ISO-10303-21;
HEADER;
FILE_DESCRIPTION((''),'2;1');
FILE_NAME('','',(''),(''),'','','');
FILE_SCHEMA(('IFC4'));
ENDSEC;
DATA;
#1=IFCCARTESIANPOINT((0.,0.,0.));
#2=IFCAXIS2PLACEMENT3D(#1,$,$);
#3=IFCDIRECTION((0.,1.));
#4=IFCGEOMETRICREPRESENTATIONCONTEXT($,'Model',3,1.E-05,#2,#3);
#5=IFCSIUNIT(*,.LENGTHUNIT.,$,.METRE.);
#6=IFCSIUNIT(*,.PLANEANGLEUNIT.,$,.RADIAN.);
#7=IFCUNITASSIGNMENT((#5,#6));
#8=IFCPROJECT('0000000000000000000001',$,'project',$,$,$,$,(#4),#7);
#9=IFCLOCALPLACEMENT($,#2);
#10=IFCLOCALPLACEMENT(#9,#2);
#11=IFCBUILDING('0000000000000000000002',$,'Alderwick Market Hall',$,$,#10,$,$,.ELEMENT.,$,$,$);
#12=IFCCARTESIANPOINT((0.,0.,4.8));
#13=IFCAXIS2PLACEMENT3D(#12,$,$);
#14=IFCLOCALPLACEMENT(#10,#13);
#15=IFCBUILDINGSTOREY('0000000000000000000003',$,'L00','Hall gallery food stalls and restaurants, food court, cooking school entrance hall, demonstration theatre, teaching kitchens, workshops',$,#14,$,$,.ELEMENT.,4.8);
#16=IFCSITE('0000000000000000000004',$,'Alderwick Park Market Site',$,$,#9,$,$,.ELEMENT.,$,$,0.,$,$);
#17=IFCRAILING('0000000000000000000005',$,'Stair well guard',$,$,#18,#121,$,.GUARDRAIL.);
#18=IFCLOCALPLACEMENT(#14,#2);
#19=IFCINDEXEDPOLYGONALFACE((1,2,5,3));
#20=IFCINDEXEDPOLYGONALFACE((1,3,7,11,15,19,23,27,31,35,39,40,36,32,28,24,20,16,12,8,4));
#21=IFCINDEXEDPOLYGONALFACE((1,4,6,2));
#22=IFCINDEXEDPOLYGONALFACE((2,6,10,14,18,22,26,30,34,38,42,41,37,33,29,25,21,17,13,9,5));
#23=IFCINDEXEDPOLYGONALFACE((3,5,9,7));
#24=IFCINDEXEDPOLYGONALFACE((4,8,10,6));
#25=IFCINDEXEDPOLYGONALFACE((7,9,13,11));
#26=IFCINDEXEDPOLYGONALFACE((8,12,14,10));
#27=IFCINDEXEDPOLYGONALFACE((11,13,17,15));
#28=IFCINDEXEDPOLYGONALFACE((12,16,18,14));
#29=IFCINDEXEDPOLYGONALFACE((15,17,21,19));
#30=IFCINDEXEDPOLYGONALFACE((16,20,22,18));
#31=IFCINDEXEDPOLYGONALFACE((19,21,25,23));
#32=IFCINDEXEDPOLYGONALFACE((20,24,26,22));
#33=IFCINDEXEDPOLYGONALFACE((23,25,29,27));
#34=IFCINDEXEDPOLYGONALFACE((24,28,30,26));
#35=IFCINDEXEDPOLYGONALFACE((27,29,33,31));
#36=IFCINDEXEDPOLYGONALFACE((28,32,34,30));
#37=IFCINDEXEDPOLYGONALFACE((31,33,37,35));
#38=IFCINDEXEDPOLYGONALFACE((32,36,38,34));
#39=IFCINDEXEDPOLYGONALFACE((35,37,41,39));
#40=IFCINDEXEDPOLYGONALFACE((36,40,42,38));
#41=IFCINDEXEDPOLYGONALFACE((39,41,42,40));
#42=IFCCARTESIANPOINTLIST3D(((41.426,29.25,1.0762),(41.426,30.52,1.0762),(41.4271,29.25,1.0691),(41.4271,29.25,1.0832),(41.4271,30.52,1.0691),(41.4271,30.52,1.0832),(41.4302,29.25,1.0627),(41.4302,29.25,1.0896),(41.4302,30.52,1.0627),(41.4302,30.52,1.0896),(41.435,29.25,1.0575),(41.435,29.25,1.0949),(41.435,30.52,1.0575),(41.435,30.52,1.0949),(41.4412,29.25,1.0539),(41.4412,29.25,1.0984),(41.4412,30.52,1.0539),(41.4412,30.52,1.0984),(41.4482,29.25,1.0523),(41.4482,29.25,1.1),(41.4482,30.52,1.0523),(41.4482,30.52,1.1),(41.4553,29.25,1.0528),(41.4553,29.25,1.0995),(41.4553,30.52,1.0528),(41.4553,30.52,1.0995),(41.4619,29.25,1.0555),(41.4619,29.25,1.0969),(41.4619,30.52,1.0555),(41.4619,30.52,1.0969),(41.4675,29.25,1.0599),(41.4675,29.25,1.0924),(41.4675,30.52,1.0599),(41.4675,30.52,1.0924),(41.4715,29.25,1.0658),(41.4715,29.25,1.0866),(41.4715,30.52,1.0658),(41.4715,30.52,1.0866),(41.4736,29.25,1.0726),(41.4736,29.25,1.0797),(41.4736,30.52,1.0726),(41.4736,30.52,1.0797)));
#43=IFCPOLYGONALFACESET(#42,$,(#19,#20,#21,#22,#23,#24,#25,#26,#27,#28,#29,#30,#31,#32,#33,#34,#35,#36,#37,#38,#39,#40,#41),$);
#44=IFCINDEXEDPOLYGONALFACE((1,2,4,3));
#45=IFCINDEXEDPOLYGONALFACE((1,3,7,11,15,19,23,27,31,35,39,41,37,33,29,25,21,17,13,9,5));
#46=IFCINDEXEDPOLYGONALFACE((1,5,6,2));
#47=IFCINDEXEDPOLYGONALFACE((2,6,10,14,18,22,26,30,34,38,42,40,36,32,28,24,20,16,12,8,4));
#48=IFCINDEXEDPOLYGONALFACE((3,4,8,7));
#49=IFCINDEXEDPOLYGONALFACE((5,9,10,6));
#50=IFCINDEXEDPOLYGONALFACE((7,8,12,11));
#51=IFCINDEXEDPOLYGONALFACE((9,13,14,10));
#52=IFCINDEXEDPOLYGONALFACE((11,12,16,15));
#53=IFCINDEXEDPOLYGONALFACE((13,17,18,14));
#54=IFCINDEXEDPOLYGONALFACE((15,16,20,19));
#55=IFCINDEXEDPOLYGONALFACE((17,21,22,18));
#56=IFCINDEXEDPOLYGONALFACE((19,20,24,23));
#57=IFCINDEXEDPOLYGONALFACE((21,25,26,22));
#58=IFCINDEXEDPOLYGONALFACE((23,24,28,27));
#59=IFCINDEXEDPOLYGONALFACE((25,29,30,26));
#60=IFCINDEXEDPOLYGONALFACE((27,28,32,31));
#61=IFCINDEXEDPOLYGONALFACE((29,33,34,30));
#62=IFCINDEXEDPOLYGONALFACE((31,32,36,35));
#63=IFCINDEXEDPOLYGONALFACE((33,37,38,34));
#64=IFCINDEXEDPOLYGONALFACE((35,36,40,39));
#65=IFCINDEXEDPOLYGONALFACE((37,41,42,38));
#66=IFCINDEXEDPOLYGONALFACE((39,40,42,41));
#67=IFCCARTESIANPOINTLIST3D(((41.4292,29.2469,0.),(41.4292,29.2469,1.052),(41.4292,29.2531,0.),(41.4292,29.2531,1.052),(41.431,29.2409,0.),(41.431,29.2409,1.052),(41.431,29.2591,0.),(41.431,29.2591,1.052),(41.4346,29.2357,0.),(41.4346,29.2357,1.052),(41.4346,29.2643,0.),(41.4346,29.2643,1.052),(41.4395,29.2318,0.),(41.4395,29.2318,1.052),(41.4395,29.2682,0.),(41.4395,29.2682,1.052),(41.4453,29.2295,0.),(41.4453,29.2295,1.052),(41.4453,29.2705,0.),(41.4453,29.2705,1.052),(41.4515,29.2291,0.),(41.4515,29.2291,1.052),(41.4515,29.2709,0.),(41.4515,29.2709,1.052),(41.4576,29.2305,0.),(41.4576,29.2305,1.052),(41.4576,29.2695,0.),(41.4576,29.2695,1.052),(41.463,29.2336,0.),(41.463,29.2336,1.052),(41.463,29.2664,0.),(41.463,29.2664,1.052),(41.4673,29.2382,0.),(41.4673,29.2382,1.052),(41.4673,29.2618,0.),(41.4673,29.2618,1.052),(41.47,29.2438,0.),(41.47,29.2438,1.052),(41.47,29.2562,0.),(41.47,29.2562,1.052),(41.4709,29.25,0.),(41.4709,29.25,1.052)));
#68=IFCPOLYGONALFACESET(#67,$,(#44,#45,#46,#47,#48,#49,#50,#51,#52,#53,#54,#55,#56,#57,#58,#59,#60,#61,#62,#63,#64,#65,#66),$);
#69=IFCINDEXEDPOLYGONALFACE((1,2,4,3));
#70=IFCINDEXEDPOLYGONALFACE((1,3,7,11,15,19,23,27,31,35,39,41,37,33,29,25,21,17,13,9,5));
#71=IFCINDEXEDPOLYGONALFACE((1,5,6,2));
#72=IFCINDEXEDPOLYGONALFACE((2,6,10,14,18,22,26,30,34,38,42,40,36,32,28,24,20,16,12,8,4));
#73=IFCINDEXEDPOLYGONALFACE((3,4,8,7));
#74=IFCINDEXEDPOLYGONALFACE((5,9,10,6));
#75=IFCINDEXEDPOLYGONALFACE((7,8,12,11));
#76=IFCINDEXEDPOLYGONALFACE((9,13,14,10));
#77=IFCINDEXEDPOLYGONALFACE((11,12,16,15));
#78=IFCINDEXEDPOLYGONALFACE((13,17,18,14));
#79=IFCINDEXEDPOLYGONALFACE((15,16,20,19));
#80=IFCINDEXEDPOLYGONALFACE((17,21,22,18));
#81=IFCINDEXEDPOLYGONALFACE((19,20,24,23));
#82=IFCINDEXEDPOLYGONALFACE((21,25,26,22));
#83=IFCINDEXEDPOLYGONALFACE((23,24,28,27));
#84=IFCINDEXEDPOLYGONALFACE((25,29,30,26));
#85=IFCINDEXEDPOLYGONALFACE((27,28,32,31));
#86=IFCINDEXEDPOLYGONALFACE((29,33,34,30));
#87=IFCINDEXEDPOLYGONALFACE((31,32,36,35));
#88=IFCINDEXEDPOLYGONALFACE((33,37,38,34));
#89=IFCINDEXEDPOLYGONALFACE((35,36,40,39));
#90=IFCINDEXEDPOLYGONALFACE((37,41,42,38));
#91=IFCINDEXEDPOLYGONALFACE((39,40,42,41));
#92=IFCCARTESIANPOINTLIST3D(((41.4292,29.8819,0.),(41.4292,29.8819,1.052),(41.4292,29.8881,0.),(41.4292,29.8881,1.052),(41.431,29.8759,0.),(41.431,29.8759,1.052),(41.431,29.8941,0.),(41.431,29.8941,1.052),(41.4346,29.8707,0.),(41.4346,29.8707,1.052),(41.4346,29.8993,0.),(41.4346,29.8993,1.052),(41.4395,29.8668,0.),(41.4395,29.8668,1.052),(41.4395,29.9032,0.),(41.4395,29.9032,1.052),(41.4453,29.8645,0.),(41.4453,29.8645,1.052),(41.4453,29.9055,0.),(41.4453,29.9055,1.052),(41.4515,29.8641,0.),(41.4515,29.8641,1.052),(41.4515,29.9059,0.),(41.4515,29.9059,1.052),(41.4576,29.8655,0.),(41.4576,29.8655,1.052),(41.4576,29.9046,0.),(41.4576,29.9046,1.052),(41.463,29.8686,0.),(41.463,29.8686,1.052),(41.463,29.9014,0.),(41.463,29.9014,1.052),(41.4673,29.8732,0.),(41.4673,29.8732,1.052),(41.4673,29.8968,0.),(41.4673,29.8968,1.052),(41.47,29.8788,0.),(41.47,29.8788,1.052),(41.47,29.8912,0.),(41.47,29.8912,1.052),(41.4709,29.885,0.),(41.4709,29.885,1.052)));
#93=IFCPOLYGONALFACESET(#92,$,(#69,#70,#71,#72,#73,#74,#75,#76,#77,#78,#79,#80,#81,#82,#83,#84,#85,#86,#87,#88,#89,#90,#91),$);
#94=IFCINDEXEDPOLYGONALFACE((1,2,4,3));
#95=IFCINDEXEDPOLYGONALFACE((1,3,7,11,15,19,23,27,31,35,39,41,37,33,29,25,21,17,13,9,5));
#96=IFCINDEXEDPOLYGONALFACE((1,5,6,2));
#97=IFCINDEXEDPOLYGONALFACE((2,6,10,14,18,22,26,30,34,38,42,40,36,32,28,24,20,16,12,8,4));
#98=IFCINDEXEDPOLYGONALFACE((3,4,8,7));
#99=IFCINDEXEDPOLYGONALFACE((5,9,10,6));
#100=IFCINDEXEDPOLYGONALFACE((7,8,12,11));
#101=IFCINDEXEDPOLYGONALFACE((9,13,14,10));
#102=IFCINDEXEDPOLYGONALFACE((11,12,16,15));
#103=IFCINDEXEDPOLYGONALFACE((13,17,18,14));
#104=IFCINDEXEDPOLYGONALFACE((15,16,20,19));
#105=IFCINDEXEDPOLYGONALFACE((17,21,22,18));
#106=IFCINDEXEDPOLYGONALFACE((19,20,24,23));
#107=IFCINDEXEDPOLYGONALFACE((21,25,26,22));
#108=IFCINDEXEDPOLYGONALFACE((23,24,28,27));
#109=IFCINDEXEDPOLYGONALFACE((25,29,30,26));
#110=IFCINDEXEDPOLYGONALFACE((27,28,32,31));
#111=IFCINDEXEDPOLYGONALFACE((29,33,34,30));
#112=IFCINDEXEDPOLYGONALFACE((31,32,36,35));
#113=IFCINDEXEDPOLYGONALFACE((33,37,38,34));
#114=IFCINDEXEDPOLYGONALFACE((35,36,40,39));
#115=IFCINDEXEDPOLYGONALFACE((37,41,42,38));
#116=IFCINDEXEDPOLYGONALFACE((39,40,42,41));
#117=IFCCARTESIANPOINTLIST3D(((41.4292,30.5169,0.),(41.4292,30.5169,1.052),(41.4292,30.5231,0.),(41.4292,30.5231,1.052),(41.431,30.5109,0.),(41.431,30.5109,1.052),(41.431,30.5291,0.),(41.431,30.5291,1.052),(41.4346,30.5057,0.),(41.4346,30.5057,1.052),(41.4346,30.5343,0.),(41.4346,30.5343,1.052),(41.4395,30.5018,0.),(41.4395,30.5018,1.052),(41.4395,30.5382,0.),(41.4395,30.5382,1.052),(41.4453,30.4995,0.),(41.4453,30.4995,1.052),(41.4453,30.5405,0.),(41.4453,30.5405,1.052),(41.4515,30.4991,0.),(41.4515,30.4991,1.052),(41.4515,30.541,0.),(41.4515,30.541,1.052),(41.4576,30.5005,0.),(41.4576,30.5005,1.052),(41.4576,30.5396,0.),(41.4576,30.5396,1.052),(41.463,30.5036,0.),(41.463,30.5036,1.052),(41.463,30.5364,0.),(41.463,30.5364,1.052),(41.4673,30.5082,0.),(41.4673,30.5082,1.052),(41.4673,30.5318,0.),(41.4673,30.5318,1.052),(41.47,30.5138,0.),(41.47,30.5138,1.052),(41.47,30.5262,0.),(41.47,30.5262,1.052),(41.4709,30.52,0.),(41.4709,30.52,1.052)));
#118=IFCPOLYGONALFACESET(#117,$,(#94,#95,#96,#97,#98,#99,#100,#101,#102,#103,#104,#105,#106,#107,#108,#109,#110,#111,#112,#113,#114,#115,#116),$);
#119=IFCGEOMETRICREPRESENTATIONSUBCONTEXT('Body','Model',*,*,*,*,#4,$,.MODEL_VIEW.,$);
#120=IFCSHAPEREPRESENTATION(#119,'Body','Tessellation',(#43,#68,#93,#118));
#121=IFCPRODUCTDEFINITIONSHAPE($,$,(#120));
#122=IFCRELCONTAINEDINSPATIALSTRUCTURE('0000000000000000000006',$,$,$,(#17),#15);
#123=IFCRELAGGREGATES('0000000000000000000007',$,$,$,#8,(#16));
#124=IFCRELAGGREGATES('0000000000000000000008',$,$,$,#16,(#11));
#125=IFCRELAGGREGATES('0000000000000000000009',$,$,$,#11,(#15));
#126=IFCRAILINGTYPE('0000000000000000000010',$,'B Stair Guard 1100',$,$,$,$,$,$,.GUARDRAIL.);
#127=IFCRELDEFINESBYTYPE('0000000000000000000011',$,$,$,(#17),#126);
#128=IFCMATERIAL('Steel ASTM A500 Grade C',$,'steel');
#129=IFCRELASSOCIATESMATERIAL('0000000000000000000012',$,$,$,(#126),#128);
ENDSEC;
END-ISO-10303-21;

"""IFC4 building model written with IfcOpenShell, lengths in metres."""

from ifc_helpers import new_model, si_unit, direction, frame, origin, origin_2d, place, context, subcontext, project, spatial, circle, extrude, material, type_object, element, save


model = new_model("IFC4")

# Units and contexts
model_context = context("Model", 3, precision=1e-05, world=origin(), true_north=direction((0.0, 1.0)))
body_context = subcontext(model_context, "Body", "Model", "MODEL_VIEW")
ifc_project = project(units=[si_unit("LENGTHUNIT", "METRE"), si_unit("PLANEANGLEUNIT", "RADIAN")], contexts=[model_context])

# Site, building, storey
site_placement = place(None, origin())
site = spatial("IfcSite", under=ifc_project, at=site_placement, Name="Alderwick Park Market Site", CompositionType="ELEMENT", RefElevation=0.0)
building_placement = place(site_placement, origin())
building = spatial("IfcBuilding", under=site, at=building_placement, Name="Alderwick Market Hall", CompositionType="ELEMENT")
storey_placement = place(building_placement, frame((0.0, 0.0, 4.8)))
storey = spatial("IfcBuildingStorey", under=building, at=storey_placement, Name="L00", Description="Hall gallery food stalls and restaurants, food court, cooking school entrance hall, demonstration theatre, teaching kitchens, workshops", CompositionType="ELEMENT", Elevation=4.8)

# Shared definitions
ifc_material_1 = material(Name="Steel ASTM A500 Grade C", Category="steel")

# Railing
railing_type = type_object("IfcRailingType", Name="B Stair Guard 1100", PredefinedType="GUARDRAIL", material=ifc_material_1)
railing_placement = place(storey_placement, frame((41.45, 29.25, 0.0)))
element("IfcRailing", 1, at=railing_placement, inside=storey, type_object=railing_type, Name="Stair well guard", PredefinedType="GUARDRAIL", context=body_context, shape_type="SweptSolid", body=[
    extrude(circle(Radius=0.0239, at=origin_2d()), frame((0.0, 0.0, 1.0762), z_axis=(0.0, 1.0, 0.0), x_axis=(-1.0, 0.0, 0.0)), (0.0, 0.0, 1.0), 1.27),
    extrude(circle(Radius=0.021, at=origin_2d()), origin(), (0.0, 0.0, 1.0), 1.052),
    extrude(circle(Radius=0.021, at=origin_2d()), frame((0.0, 0.635, 0.0)), (0.0, 0.0, 1.0), 1.052),
    extrude(circle(Radius=0.021, at=origin_2d()), frame((0.0, 1.27, 0.0)), (0.0, 0.0, 1.0), 1.052),
])

save(model, "model.ifc")
